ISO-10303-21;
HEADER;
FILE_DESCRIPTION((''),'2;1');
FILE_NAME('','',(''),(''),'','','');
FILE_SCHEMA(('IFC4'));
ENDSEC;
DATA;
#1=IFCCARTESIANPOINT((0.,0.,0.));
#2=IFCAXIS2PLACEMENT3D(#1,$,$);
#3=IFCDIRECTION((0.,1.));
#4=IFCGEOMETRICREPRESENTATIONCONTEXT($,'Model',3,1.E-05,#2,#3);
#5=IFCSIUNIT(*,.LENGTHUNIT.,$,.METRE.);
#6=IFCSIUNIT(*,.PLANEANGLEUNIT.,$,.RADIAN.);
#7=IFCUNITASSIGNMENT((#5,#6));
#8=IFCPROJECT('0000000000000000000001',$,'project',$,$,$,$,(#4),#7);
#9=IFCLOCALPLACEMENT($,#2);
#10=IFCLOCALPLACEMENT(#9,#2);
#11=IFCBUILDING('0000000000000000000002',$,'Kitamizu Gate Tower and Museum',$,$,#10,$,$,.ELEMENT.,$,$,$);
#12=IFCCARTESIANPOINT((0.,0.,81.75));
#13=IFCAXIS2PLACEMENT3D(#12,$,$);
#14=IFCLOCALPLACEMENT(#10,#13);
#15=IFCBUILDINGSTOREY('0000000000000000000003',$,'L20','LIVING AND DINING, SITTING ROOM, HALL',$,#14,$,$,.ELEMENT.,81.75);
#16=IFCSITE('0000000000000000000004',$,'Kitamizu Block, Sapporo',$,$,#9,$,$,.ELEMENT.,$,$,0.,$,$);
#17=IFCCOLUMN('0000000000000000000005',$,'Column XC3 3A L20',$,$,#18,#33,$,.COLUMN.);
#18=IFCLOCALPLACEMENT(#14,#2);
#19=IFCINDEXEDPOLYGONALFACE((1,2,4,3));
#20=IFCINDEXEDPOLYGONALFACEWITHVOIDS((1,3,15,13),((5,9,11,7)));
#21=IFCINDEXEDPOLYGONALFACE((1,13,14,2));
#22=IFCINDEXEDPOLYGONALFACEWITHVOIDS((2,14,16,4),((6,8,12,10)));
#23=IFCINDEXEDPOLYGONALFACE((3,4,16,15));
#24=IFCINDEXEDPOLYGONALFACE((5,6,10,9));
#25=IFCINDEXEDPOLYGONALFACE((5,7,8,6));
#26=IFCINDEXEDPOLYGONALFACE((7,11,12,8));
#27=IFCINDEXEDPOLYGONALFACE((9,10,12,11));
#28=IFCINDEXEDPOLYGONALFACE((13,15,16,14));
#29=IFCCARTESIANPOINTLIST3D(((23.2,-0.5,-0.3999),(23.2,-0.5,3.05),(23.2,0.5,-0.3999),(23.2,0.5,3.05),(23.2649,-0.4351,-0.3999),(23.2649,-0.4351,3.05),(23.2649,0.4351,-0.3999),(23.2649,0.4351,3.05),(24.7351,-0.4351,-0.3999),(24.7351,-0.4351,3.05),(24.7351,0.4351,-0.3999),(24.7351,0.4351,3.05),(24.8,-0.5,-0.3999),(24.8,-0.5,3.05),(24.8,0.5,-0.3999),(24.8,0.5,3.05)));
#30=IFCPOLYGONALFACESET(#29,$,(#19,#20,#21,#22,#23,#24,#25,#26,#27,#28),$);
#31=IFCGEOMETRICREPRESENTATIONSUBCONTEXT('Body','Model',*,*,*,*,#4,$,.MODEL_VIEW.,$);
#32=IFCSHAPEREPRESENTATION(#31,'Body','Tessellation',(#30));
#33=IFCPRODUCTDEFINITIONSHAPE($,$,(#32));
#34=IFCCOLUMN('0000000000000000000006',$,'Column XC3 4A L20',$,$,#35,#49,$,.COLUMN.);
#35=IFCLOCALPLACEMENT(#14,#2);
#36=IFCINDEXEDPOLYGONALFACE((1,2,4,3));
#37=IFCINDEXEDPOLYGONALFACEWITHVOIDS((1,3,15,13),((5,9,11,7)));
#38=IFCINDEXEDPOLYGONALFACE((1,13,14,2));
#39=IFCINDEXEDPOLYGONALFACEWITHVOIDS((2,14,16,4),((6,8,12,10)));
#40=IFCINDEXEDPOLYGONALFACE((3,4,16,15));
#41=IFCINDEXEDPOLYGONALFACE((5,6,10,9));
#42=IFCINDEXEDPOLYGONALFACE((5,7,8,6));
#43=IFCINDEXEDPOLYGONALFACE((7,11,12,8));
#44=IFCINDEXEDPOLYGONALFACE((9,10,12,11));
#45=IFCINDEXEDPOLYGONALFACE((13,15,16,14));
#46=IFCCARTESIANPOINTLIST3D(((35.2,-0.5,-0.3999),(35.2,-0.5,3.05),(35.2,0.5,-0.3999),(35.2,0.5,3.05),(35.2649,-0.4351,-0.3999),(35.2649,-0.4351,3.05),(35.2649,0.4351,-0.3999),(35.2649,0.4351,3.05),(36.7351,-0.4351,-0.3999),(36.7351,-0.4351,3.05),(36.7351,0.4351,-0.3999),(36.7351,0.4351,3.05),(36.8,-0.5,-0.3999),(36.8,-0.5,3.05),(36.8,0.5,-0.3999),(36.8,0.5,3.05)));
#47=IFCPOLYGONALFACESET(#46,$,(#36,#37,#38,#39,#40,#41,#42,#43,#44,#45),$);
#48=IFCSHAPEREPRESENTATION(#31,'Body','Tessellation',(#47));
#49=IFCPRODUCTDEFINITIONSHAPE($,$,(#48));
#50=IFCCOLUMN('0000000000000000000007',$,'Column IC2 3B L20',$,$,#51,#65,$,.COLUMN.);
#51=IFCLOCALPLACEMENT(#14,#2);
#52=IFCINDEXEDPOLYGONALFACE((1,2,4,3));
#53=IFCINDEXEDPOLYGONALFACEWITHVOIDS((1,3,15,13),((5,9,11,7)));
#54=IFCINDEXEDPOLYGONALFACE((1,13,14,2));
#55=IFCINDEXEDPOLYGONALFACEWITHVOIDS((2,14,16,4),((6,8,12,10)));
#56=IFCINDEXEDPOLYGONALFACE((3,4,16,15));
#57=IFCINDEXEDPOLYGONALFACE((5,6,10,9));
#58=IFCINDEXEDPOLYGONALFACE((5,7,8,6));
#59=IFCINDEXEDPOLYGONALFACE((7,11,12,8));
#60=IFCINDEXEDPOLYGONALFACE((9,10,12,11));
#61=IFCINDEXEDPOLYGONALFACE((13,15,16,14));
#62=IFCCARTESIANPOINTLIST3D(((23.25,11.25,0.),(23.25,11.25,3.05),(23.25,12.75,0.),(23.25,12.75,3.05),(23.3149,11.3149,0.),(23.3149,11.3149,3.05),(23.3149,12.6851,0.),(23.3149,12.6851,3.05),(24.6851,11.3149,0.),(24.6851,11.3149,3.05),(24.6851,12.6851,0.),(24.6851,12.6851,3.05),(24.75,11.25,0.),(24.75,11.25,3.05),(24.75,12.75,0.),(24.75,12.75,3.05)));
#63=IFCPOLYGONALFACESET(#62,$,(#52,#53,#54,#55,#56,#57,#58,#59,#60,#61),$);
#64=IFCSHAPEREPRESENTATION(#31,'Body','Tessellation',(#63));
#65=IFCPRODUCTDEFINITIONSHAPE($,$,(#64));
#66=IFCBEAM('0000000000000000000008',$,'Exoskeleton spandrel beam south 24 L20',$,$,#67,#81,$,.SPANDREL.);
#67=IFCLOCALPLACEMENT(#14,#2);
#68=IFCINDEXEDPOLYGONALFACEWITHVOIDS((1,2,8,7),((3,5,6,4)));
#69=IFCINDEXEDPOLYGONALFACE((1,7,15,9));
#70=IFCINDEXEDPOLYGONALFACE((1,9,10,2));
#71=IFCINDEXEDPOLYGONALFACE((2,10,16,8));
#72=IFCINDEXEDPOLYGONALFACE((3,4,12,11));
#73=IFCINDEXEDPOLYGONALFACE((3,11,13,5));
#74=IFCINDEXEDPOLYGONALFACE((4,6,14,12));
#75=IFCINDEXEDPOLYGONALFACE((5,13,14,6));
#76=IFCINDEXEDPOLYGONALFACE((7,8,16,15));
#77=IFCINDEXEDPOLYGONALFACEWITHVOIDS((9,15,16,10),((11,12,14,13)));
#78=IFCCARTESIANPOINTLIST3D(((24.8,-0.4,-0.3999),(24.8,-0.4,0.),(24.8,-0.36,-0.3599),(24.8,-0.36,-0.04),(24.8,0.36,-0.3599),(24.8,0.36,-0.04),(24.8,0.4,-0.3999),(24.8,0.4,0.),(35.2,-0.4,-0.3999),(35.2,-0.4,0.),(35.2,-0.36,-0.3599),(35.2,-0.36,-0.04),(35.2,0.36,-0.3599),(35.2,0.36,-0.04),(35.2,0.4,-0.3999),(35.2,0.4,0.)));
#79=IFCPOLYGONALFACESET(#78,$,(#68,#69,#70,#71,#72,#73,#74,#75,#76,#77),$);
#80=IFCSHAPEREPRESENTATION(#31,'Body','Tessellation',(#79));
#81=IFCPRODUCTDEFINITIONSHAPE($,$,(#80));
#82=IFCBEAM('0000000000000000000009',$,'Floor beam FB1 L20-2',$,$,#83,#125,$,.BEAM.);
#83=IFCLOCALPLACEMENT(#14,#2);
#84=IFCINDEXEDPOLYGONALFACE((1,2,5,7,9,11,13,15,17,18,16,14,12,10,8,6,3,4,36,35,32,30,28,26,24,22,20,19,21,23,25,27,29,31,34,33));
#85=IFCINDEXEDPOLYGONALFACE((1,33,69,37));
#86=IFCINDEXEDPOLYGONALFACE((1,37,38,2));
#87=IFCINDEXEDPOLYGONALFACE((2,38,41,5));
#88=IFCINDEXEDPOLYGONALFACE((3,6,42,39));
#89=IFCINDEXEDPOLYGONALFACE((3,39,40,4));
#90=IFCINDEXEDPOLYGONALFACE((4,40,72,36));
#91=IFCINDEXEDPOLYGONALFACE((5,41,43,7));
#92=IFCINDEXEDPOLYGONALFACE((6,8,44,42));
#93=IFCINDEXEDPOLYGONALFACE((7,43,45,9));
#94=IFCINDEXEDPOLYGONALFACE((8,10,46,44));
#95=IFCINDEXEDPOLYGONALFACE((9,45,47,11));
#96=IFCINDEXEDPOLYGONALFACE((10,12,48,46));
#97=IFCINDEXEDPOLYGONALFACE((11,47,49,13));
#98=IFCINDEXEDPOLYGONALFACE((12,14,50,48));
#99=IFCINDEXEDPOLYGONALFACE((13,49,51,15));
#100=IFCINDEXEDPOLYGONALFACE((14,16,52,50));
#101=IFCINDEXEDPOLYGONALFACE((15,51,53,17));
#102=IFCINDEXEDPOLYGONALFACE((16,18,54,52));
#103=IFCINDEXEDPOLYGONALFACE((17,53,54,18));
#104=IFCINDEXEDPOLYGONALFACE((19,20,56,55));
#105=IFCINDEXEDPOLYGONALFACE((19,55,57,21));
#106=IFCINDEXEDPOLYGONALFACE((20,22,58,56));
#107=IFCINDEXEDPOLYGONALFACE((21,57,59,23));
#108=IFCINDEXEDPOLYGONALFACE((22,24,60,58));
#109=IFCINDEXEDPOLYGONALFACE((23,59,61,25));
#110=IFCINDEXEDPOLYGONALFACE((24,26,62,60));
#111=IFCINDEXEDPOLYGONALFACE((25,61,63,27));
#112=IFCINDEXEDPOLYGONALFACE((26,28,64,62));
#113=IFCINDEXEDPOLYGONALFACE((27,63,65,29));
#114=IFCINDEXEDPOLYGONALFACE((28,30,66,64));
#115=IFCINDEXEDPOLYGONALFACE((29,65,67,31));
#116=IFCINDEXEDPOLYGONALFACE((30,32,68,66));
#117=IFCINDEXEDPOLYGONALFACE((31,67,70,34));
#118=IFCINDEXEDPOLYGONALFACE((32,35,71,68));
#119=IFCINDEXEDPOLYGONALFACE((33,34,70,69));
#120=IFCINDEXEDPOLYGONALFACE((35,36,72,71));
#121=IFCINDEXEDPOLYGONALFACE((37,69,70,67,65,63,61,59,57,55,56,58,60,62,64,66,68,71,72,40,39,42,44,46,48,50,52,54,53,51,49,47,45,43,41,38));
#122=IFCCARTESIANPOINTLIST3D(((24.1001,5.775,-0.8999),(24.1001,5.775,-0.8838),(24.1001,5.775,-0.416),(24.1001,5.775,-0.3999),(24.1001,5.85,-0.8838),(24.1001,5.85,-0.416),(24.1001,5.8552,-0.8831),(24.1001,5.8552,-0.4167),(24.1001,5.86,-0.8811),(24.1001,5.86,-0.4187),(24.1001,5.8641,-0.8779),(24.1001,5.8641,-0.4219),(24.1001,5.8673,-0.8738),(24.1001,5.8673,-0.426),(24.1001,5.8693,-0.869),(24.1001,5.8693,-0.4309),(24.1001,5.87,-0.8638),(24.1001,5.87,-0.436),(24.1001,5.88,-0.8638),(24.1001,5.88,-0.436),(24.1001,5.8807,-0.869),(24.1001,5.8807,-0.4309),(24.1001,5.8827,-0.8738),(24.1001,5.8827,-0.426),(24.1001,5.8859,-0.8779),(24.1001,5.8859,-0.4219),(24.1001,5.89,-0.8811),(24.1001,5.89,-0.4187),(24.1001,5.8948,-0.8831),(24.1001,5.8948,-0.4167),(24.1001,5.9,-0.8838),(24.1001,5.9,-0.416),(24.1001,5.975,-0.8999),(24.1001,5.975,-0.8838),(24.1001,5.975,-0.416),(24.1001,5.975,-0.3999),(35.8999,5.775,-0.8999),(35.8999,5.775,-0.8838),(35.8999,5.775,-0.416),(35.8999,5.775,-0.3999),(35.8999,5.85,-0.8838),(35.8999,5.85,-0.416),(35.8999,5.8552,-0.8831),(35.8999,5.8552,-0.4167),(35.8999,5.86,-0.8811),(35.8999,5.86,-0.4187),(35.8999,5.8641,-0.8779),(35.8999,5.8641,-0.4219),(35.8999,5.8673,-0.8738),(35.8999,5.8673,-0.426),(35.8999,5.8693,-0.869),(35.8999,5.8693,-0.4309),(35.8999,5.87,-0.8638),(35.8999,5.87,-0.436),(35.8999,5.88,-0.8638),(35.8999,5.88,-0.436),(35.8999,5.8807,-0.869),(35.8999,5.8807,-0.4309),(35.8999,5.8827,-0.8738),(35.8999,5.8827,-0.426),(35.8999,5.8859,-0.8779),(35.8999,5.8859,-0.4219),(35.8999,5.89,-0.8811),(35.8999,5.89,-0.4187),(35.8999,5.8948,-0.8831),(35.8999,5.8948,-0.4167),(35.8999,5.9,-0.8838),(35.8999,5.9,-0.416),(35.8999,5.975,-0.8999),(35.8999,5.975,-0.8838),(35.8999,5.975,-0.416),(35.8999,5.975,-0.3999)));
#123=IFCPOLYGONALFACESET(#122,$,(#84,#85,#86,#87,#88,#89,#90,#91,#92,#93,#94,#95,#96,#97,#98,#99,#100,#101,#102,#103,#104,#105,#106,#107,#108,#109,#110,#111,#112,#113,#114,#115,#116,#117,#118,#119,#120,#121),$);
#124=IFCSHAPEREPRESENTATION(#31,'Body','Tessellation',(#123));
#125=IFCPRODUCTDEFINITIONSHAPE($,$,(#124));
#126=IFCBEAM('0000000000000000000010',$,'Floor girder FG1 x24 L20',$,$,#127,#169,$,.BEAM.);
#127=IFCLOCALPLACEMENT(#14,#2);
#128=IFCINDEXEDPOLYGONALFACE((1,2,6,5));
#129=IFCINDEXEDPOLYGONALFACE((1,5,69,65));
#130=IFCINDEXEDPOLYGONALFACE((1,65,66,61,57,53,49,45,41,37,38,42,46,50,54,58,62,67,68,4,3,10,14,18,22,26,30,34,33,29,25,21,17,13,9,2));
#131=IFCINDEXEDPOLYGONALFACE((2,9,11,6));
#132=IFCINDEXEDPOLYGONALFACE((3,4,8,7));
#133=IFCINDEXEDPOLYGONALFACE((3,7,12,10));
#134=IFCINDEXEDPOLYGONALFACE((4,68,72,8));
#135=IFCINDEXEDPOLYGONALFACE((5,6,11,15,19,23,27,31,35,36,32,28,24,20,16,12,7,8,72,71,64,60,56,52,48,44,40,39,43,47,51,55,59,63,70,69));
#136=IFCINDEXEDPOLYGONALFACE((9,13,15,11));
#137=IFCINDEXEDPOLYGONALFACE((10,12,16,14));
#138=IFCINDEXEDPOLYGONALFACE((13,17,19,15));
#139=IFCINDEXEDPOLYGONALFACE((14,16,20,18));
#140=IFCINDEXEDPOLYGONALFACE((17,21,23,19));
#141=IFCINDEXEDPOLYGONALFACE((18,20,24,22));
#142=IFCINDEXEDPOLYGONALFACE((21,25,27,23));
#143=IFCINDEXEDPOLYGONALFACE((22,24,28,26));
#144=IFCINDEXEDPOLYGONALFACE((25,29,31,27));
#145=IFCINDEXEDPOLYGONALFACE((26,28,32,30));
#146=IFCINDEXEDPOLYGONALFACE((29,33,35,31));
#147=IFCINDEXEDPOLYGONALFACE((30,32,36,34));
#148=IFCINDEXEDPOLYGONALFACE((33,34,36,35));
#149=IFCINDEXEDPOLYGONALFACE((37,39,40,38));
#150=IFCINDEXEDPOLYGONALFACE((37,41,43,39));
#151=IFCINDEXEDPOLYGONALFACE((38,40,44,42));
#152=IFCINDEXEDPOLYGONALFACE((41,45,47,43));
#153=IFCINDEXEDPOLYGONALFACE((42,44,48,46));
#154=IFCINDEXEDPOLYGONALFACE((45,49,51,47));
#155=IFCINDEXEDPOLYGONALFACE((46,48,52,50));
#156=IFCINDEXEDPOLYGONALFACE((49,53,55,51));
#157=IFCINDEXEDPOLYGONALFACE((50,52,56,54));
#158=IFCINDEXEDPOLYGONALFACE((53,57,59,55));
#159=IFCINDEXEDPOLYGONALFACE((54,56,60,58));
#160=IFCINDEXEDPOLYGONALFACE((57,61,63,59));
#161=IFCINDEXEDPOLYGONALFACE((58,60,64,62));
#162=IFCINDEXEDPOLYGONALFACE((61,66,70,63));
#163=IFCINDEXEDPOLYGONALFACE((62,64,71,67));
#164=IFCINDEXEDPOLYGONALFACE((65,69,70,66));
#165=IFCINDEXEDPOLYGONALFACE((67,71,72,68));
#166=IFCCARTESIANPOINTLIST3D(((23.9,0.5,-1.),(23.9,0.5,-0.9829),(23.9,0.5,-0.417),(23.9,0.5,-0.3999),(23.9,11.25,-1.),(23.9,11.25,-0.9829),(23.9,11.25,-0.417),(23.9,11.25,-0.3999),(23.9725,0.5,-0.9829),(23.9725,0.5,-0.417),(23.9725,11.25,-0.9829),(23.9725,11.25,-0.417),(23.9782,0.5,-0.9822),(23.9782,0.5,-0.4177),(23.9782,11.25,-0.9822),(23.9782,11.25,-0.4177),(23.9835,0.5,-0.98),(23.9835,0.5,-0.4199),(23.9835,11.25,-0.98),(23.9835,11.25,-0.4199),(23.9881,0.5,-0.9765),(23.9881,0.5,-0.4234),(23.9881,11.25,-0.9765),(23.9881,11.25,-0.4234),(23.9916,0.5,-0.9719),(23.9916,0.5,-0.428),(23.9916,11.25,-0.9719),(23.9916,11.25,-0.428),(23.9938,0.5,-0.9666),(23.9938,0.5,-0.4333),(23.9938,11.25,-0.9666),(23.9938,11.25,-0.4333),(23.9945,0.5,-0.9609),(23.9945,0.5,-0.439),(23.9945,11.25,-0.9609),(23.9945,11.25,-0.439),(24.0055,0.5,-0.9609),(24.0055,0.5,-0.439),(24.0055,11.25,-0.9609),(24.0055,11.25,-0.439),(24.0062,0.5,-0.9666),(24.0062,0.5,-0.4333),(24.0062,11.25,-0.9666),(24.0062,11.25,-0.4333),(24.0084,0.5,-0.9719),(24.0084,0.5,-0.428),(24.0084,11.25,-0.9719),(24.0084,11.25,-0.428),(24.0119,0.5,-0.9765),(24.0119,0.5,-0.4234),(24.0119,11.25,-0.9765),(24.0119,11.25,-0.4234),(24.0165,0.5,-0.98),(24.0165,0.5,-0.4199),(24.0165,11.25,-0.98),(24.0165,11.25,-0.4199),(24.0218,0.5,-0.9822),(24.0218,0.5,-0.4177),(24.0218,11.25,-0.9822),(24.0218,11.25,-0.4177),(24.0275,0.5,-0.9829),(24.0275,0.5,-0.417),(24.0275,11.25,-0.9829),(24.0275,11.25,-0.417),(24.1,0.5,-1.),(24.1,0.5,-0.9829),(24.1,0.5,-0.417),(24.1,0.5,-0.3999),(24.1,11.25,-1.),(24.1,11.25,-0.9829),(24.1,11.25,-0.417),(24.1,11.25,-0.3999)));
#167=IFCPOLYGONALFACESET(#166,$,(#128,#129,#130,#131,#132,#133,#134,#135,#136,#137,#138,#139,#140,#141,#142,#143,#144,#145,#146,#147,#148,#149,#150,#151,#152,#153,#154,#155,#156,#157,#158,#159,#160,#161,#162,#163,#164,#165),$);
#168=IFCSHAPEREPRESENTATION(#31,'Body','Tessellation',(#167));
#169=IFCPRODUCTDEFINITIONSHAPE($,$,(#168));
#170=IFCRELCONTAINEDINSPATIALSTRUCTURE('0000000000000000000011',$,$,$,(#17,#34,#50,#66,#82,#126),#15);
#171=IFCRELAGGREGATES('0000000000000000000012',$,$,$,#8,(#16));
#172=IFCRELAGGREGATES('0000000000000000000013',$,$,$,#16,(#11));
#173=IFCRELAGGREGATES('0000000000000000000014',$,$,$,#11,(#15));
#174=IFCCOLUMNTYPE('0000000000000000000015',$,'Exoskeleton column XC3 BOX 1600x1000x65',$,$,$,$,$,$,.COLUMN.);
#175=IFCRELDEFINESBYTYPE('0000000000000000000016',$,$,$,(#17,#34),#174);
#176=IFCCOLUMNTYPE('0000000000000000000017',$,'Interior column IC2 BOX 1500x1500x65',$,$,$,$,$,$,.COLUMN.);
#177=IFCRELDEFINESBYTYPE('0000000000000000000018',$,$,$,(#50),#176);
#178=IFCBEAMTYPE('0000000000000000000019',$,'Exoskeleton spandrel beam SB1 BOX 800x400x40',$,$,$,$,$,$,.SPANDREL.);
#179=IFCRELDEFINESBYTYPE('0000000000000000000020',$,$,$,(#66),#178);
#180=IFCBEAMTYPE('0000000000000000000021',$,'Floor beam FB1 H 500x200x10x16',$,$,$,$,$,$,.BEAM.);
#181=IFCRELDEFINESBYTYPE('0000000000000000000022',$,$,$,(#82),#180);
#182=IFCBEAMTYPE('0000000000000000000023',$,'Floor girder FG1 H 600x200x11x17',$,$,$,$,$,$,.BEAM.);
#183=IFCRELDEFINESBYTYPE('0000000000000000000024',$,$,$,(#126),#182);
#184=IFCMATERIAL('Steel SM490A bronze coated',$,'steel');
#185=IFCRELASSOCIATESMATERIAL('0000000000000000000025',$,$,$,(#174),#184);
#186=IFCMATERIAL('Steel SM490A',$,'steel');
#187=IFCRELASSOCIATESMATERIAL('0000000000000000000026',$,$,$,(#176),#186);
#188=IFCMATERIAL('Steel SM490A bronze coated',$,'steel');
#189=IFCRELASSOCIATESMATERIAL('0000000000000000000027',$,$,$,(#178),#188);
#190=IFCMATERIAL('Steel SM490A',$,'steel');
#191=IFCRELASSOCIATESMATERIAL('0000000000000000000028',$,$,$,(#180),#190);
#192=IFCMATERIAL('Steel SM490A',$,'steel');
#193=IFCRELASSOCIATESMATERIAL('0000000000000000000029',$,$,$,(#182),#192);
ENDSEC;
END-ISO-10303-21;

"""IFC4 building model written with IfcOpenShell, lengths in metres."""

from ifc_helpers import new_model, si_unit, direction, frame, origin, origin_2d, place, context, subcontext, project, spatial, hollow_rectangle, i_section, extrude, material, material_profile, profile_set, type_object, element, save


model = new_model("IFC4")

# Units and contexts
model_context = context("Model", 3, precision=1e-05, world=origin(), true_north=direction((0.0, 1.0)))
body_context = subcontext(model_context, "Body", "Model", "MODEL_VIEW")
ifc_project = project(units=[si_unit("LENGTHUNIT", "METRE"), si_unit("PLANEANGLEUNIT", "RADIAN")], contexts=[model_context])

# Site, building, storey
site_placement = place(None, origin())
site = spatial("IfcSite", under=ifc_project, at=site_placement, Name="Kitamizu Block, Sapporo", CompositionType="ELEMENT", RefElevation=0.0)
building_placement = place(site_placement, origin())
building = spatial("IfcBuilding", under=site, at=building_placement, Name="Kitamizu Gate Tower and Museum", CompositionType="ELEMENT")
storey_placement = place(building_placement, frame((0.0, 0.0, 81.75)))
storey = spatial("IfcBuildingStorey", under=building, at=storey_placement, Name="L20", Description="LIVING AND DINING, SITTING ROOM, HALL", CompositionType="ELEMENT", Elevation=81.75)

# Columns
ifc_material_1 = material(Name="Steel SM490A bronze coated", Category="steel")
ifc_material_profile_1 = material_profile(ifc_material_1, hollow_rectangle(XDim=1.6001, YDim=1.0, WallThickness=0.0649, at=origin_2d()), Name="BOX 1600x1000x65")
ifc_profile_set_1 = profile_set([ifc_material_profile_1], Name="Steel SM490A bronze coated")
column_type_1 = type_object("IfcColumnType", Name="Exoskeleton column XC3 BOX 1600x1000x65", PredefinedType="COLUMN", material=ifc_profile_set_1)
for number, where, z_axis, x_axis, name in (
    (1, (24.0, 0.0, -0.3999), (0.0, 0.0, 1.0), (1.0, 0.0, 0.0), "Column XC3 3A L20"),
    (2, (36.0, 0.0, -0.3999), (0.0, 0.0, 1.0), (1.0, 0.0, 0.0), "Column XC3 4A L20"),
):
    element("IfcColumn", number, at=place(storey_placement, frame(where, z_axis=z_axis, x_axis=x_axis)), inside=storey, type_object=column_type_1, Name=name, PredefinedType="COLUMN", context=body_context, shape_type="SweptSolid", body=[
        extrude(hollow_rectangle(XDim=1.6001, YDim=1.0, WallThickness=0.0649, at=origin_2d()), origin(), (0.0, 0.0, 1.0), 3.45),
    ])
ifc_material_2 = material(Name="Steel SM490A", Category="steel")
ifc_material_profile_2 = material_profile(ifc_material_2, hollow_rectangle(XDim=1.5, YDim=1.5, WallThickness=0.0649, at=origin_2d()), Name="BOX 1500x1500x65")
ifc_profile_set_2 = profile_set([ifc_material_profile_2], Name="Steel SM490A")
column_type_2 = type_object("IfcColumnType", Name="Interior column IC2 BOX 1500x1500x65", PredefinedType="COLUMN", material=ifc_profile_set_2)
column_placement = place(storey_placement, frame((24.0, 12.0, 0.0), z_axis=(0.0, 0.0, 1.0), x_axis=(1.0, 0.0, 0.0)))
element("IfcColumn", 3, at=column_placement, inside=storey, type_object=column_type_2, Name="Column IC2 3B L20", PredefinedType="COLUMN", context=body_context, shape_type="SweptSolid", body=[
    extrude(hollow_rectangle(XDim=1.5, YDim=1.5, WallThickness=0.0649, at=origin_2d()), origin(), (0.0, 0.0, 1.0), 3.05),
])

# Beams
ifc_material_3 = material(Name="Steel SM490A bronze coated", Category="steel")
ifc_material_profile_3 = material_profile(ifc_material_3, hollow_rectangle(XDim=0.8, YDim=0.3999, WallThickness=0.04, at=origin_2d()), Name="BOX 800x400x40")
ifc_profile_set_3 = profile_set([ifc_material_profile_3], Name="Steel SM490A bronze coated")
beam_type_1 = type_object("IfcBeamType", Name="Exoskeleton spandrel beam SB1 BOX 800x400x40", PredefinedType="SPANDREL", material=ifc_profile_set_3)
beam_1_placement = place(storey_placement, frame((24.8, 0.0, -0.2), z_axis=(1.0, 0.0, 0.0), x_axis=(0.0, 1.0, 0.0)))
element("IfcBeam", 4, at=beam_1_placement, inside=storey, type_object=beam_type_1, Name="Exoskeleton spandrel beam south 24 L20", PredefinedType="SPANDREL", context=body_context, shape_type="SweptSolid", body=[
    extrude(hollow_rectangle(XDim=0.8, YDim=0.3999, WallThickness=0.04, at=origin_2d()), origin(), (0.0, 0.0, 1.0), 10.3999),
])
ifc_material_4 = material(Name="Steel SM490A", Category="steel")
ifc_material_profile_4 = material_profile(ifc_material_4, i_section(OverallWidth=0.2, OverallDepth=0.5, WebThickness=0.01, FlangeThickness=0.0161, FilletRadius=0.02, at=origin_2d()), Name="H-500x200x10x16")
ifc_profile_set_4 = profile_set([ifc_material_profile_4], Name="Steel SM490A")
beam_type_2 = type_object("IfcBeamType", Name="Floor beam FB1 H 500x200x10x16", PredefinedType="BEAM", material=ifc_profile_set_4)
beam_2_placement = place(storey_placement, frame((24.1001, 5.875, -0.6499), z_axis=(1.0, 0.0, 0.0), x_axis=(0.0, 1.0, 0.0)))
element("IfcBeam", 5, at=beam_2_placement, inside=storey, type_object=beam_type_2, Name="Floor beam FB1 L20-2", PredefinedType="BEAM", context=body_context, shape_type="SweptSolid", body=[
    extrude(i_section(OverallWidth=0.2, OverallDepth=0.5, WebThickness=0.01, FlangeThickness=0.0161, FilletRadius=0.02, at=origin_2d()), origin(), (0.0, 0.0, 1.0), 11.7998),
])
ifc_material_5 = material(Name="Steel SM490A", Category="steel")
ifc_material_profile_5 = material_profile(ifc_material_5, i_section(OverallWidth=0.2, OverallDepth=0.6001, WebThickness=0.011, FlangeThickness=0.0171, FilletRadius=0.022, at=origin_2d()), Name="H-600x200x11x17")
ifc_profile_set_5 = profile_set([ifc_material_profile_5], Name="Steel SM490A")
beam_type_3 = type_object("IfcBeamType", Name="Floor girder FG1 H 600x200x11x17", PredefinedType="BEAM", material=ifc_profile_set_5)
beam_3_placement = place(storey_placement, frame((24.0, 0.5, -0.7), z_axis=(0.0, 1.0, 0.0), x_axis=(-1.0, 0.0, 0.0)))
element("IfcBeam", 6, at=beam_3_placement, inside=storey, type_object=beam_type_3, Name="Floor girder FG1 x24 L20", PredefinedType="BEAM", context=body_context, shape_type="SweptSolid", body=[
    extrude(i_section(OverallWidth=0.2, OverallDepth=0.6001, WebThickness=0.011, FlangeThickness=0.0171, FilletRadius=0.022, at=origin_2d()), origin(), (0.0, 0.0, 1.0), 10.75),
])

save(model, "model.ifc")
